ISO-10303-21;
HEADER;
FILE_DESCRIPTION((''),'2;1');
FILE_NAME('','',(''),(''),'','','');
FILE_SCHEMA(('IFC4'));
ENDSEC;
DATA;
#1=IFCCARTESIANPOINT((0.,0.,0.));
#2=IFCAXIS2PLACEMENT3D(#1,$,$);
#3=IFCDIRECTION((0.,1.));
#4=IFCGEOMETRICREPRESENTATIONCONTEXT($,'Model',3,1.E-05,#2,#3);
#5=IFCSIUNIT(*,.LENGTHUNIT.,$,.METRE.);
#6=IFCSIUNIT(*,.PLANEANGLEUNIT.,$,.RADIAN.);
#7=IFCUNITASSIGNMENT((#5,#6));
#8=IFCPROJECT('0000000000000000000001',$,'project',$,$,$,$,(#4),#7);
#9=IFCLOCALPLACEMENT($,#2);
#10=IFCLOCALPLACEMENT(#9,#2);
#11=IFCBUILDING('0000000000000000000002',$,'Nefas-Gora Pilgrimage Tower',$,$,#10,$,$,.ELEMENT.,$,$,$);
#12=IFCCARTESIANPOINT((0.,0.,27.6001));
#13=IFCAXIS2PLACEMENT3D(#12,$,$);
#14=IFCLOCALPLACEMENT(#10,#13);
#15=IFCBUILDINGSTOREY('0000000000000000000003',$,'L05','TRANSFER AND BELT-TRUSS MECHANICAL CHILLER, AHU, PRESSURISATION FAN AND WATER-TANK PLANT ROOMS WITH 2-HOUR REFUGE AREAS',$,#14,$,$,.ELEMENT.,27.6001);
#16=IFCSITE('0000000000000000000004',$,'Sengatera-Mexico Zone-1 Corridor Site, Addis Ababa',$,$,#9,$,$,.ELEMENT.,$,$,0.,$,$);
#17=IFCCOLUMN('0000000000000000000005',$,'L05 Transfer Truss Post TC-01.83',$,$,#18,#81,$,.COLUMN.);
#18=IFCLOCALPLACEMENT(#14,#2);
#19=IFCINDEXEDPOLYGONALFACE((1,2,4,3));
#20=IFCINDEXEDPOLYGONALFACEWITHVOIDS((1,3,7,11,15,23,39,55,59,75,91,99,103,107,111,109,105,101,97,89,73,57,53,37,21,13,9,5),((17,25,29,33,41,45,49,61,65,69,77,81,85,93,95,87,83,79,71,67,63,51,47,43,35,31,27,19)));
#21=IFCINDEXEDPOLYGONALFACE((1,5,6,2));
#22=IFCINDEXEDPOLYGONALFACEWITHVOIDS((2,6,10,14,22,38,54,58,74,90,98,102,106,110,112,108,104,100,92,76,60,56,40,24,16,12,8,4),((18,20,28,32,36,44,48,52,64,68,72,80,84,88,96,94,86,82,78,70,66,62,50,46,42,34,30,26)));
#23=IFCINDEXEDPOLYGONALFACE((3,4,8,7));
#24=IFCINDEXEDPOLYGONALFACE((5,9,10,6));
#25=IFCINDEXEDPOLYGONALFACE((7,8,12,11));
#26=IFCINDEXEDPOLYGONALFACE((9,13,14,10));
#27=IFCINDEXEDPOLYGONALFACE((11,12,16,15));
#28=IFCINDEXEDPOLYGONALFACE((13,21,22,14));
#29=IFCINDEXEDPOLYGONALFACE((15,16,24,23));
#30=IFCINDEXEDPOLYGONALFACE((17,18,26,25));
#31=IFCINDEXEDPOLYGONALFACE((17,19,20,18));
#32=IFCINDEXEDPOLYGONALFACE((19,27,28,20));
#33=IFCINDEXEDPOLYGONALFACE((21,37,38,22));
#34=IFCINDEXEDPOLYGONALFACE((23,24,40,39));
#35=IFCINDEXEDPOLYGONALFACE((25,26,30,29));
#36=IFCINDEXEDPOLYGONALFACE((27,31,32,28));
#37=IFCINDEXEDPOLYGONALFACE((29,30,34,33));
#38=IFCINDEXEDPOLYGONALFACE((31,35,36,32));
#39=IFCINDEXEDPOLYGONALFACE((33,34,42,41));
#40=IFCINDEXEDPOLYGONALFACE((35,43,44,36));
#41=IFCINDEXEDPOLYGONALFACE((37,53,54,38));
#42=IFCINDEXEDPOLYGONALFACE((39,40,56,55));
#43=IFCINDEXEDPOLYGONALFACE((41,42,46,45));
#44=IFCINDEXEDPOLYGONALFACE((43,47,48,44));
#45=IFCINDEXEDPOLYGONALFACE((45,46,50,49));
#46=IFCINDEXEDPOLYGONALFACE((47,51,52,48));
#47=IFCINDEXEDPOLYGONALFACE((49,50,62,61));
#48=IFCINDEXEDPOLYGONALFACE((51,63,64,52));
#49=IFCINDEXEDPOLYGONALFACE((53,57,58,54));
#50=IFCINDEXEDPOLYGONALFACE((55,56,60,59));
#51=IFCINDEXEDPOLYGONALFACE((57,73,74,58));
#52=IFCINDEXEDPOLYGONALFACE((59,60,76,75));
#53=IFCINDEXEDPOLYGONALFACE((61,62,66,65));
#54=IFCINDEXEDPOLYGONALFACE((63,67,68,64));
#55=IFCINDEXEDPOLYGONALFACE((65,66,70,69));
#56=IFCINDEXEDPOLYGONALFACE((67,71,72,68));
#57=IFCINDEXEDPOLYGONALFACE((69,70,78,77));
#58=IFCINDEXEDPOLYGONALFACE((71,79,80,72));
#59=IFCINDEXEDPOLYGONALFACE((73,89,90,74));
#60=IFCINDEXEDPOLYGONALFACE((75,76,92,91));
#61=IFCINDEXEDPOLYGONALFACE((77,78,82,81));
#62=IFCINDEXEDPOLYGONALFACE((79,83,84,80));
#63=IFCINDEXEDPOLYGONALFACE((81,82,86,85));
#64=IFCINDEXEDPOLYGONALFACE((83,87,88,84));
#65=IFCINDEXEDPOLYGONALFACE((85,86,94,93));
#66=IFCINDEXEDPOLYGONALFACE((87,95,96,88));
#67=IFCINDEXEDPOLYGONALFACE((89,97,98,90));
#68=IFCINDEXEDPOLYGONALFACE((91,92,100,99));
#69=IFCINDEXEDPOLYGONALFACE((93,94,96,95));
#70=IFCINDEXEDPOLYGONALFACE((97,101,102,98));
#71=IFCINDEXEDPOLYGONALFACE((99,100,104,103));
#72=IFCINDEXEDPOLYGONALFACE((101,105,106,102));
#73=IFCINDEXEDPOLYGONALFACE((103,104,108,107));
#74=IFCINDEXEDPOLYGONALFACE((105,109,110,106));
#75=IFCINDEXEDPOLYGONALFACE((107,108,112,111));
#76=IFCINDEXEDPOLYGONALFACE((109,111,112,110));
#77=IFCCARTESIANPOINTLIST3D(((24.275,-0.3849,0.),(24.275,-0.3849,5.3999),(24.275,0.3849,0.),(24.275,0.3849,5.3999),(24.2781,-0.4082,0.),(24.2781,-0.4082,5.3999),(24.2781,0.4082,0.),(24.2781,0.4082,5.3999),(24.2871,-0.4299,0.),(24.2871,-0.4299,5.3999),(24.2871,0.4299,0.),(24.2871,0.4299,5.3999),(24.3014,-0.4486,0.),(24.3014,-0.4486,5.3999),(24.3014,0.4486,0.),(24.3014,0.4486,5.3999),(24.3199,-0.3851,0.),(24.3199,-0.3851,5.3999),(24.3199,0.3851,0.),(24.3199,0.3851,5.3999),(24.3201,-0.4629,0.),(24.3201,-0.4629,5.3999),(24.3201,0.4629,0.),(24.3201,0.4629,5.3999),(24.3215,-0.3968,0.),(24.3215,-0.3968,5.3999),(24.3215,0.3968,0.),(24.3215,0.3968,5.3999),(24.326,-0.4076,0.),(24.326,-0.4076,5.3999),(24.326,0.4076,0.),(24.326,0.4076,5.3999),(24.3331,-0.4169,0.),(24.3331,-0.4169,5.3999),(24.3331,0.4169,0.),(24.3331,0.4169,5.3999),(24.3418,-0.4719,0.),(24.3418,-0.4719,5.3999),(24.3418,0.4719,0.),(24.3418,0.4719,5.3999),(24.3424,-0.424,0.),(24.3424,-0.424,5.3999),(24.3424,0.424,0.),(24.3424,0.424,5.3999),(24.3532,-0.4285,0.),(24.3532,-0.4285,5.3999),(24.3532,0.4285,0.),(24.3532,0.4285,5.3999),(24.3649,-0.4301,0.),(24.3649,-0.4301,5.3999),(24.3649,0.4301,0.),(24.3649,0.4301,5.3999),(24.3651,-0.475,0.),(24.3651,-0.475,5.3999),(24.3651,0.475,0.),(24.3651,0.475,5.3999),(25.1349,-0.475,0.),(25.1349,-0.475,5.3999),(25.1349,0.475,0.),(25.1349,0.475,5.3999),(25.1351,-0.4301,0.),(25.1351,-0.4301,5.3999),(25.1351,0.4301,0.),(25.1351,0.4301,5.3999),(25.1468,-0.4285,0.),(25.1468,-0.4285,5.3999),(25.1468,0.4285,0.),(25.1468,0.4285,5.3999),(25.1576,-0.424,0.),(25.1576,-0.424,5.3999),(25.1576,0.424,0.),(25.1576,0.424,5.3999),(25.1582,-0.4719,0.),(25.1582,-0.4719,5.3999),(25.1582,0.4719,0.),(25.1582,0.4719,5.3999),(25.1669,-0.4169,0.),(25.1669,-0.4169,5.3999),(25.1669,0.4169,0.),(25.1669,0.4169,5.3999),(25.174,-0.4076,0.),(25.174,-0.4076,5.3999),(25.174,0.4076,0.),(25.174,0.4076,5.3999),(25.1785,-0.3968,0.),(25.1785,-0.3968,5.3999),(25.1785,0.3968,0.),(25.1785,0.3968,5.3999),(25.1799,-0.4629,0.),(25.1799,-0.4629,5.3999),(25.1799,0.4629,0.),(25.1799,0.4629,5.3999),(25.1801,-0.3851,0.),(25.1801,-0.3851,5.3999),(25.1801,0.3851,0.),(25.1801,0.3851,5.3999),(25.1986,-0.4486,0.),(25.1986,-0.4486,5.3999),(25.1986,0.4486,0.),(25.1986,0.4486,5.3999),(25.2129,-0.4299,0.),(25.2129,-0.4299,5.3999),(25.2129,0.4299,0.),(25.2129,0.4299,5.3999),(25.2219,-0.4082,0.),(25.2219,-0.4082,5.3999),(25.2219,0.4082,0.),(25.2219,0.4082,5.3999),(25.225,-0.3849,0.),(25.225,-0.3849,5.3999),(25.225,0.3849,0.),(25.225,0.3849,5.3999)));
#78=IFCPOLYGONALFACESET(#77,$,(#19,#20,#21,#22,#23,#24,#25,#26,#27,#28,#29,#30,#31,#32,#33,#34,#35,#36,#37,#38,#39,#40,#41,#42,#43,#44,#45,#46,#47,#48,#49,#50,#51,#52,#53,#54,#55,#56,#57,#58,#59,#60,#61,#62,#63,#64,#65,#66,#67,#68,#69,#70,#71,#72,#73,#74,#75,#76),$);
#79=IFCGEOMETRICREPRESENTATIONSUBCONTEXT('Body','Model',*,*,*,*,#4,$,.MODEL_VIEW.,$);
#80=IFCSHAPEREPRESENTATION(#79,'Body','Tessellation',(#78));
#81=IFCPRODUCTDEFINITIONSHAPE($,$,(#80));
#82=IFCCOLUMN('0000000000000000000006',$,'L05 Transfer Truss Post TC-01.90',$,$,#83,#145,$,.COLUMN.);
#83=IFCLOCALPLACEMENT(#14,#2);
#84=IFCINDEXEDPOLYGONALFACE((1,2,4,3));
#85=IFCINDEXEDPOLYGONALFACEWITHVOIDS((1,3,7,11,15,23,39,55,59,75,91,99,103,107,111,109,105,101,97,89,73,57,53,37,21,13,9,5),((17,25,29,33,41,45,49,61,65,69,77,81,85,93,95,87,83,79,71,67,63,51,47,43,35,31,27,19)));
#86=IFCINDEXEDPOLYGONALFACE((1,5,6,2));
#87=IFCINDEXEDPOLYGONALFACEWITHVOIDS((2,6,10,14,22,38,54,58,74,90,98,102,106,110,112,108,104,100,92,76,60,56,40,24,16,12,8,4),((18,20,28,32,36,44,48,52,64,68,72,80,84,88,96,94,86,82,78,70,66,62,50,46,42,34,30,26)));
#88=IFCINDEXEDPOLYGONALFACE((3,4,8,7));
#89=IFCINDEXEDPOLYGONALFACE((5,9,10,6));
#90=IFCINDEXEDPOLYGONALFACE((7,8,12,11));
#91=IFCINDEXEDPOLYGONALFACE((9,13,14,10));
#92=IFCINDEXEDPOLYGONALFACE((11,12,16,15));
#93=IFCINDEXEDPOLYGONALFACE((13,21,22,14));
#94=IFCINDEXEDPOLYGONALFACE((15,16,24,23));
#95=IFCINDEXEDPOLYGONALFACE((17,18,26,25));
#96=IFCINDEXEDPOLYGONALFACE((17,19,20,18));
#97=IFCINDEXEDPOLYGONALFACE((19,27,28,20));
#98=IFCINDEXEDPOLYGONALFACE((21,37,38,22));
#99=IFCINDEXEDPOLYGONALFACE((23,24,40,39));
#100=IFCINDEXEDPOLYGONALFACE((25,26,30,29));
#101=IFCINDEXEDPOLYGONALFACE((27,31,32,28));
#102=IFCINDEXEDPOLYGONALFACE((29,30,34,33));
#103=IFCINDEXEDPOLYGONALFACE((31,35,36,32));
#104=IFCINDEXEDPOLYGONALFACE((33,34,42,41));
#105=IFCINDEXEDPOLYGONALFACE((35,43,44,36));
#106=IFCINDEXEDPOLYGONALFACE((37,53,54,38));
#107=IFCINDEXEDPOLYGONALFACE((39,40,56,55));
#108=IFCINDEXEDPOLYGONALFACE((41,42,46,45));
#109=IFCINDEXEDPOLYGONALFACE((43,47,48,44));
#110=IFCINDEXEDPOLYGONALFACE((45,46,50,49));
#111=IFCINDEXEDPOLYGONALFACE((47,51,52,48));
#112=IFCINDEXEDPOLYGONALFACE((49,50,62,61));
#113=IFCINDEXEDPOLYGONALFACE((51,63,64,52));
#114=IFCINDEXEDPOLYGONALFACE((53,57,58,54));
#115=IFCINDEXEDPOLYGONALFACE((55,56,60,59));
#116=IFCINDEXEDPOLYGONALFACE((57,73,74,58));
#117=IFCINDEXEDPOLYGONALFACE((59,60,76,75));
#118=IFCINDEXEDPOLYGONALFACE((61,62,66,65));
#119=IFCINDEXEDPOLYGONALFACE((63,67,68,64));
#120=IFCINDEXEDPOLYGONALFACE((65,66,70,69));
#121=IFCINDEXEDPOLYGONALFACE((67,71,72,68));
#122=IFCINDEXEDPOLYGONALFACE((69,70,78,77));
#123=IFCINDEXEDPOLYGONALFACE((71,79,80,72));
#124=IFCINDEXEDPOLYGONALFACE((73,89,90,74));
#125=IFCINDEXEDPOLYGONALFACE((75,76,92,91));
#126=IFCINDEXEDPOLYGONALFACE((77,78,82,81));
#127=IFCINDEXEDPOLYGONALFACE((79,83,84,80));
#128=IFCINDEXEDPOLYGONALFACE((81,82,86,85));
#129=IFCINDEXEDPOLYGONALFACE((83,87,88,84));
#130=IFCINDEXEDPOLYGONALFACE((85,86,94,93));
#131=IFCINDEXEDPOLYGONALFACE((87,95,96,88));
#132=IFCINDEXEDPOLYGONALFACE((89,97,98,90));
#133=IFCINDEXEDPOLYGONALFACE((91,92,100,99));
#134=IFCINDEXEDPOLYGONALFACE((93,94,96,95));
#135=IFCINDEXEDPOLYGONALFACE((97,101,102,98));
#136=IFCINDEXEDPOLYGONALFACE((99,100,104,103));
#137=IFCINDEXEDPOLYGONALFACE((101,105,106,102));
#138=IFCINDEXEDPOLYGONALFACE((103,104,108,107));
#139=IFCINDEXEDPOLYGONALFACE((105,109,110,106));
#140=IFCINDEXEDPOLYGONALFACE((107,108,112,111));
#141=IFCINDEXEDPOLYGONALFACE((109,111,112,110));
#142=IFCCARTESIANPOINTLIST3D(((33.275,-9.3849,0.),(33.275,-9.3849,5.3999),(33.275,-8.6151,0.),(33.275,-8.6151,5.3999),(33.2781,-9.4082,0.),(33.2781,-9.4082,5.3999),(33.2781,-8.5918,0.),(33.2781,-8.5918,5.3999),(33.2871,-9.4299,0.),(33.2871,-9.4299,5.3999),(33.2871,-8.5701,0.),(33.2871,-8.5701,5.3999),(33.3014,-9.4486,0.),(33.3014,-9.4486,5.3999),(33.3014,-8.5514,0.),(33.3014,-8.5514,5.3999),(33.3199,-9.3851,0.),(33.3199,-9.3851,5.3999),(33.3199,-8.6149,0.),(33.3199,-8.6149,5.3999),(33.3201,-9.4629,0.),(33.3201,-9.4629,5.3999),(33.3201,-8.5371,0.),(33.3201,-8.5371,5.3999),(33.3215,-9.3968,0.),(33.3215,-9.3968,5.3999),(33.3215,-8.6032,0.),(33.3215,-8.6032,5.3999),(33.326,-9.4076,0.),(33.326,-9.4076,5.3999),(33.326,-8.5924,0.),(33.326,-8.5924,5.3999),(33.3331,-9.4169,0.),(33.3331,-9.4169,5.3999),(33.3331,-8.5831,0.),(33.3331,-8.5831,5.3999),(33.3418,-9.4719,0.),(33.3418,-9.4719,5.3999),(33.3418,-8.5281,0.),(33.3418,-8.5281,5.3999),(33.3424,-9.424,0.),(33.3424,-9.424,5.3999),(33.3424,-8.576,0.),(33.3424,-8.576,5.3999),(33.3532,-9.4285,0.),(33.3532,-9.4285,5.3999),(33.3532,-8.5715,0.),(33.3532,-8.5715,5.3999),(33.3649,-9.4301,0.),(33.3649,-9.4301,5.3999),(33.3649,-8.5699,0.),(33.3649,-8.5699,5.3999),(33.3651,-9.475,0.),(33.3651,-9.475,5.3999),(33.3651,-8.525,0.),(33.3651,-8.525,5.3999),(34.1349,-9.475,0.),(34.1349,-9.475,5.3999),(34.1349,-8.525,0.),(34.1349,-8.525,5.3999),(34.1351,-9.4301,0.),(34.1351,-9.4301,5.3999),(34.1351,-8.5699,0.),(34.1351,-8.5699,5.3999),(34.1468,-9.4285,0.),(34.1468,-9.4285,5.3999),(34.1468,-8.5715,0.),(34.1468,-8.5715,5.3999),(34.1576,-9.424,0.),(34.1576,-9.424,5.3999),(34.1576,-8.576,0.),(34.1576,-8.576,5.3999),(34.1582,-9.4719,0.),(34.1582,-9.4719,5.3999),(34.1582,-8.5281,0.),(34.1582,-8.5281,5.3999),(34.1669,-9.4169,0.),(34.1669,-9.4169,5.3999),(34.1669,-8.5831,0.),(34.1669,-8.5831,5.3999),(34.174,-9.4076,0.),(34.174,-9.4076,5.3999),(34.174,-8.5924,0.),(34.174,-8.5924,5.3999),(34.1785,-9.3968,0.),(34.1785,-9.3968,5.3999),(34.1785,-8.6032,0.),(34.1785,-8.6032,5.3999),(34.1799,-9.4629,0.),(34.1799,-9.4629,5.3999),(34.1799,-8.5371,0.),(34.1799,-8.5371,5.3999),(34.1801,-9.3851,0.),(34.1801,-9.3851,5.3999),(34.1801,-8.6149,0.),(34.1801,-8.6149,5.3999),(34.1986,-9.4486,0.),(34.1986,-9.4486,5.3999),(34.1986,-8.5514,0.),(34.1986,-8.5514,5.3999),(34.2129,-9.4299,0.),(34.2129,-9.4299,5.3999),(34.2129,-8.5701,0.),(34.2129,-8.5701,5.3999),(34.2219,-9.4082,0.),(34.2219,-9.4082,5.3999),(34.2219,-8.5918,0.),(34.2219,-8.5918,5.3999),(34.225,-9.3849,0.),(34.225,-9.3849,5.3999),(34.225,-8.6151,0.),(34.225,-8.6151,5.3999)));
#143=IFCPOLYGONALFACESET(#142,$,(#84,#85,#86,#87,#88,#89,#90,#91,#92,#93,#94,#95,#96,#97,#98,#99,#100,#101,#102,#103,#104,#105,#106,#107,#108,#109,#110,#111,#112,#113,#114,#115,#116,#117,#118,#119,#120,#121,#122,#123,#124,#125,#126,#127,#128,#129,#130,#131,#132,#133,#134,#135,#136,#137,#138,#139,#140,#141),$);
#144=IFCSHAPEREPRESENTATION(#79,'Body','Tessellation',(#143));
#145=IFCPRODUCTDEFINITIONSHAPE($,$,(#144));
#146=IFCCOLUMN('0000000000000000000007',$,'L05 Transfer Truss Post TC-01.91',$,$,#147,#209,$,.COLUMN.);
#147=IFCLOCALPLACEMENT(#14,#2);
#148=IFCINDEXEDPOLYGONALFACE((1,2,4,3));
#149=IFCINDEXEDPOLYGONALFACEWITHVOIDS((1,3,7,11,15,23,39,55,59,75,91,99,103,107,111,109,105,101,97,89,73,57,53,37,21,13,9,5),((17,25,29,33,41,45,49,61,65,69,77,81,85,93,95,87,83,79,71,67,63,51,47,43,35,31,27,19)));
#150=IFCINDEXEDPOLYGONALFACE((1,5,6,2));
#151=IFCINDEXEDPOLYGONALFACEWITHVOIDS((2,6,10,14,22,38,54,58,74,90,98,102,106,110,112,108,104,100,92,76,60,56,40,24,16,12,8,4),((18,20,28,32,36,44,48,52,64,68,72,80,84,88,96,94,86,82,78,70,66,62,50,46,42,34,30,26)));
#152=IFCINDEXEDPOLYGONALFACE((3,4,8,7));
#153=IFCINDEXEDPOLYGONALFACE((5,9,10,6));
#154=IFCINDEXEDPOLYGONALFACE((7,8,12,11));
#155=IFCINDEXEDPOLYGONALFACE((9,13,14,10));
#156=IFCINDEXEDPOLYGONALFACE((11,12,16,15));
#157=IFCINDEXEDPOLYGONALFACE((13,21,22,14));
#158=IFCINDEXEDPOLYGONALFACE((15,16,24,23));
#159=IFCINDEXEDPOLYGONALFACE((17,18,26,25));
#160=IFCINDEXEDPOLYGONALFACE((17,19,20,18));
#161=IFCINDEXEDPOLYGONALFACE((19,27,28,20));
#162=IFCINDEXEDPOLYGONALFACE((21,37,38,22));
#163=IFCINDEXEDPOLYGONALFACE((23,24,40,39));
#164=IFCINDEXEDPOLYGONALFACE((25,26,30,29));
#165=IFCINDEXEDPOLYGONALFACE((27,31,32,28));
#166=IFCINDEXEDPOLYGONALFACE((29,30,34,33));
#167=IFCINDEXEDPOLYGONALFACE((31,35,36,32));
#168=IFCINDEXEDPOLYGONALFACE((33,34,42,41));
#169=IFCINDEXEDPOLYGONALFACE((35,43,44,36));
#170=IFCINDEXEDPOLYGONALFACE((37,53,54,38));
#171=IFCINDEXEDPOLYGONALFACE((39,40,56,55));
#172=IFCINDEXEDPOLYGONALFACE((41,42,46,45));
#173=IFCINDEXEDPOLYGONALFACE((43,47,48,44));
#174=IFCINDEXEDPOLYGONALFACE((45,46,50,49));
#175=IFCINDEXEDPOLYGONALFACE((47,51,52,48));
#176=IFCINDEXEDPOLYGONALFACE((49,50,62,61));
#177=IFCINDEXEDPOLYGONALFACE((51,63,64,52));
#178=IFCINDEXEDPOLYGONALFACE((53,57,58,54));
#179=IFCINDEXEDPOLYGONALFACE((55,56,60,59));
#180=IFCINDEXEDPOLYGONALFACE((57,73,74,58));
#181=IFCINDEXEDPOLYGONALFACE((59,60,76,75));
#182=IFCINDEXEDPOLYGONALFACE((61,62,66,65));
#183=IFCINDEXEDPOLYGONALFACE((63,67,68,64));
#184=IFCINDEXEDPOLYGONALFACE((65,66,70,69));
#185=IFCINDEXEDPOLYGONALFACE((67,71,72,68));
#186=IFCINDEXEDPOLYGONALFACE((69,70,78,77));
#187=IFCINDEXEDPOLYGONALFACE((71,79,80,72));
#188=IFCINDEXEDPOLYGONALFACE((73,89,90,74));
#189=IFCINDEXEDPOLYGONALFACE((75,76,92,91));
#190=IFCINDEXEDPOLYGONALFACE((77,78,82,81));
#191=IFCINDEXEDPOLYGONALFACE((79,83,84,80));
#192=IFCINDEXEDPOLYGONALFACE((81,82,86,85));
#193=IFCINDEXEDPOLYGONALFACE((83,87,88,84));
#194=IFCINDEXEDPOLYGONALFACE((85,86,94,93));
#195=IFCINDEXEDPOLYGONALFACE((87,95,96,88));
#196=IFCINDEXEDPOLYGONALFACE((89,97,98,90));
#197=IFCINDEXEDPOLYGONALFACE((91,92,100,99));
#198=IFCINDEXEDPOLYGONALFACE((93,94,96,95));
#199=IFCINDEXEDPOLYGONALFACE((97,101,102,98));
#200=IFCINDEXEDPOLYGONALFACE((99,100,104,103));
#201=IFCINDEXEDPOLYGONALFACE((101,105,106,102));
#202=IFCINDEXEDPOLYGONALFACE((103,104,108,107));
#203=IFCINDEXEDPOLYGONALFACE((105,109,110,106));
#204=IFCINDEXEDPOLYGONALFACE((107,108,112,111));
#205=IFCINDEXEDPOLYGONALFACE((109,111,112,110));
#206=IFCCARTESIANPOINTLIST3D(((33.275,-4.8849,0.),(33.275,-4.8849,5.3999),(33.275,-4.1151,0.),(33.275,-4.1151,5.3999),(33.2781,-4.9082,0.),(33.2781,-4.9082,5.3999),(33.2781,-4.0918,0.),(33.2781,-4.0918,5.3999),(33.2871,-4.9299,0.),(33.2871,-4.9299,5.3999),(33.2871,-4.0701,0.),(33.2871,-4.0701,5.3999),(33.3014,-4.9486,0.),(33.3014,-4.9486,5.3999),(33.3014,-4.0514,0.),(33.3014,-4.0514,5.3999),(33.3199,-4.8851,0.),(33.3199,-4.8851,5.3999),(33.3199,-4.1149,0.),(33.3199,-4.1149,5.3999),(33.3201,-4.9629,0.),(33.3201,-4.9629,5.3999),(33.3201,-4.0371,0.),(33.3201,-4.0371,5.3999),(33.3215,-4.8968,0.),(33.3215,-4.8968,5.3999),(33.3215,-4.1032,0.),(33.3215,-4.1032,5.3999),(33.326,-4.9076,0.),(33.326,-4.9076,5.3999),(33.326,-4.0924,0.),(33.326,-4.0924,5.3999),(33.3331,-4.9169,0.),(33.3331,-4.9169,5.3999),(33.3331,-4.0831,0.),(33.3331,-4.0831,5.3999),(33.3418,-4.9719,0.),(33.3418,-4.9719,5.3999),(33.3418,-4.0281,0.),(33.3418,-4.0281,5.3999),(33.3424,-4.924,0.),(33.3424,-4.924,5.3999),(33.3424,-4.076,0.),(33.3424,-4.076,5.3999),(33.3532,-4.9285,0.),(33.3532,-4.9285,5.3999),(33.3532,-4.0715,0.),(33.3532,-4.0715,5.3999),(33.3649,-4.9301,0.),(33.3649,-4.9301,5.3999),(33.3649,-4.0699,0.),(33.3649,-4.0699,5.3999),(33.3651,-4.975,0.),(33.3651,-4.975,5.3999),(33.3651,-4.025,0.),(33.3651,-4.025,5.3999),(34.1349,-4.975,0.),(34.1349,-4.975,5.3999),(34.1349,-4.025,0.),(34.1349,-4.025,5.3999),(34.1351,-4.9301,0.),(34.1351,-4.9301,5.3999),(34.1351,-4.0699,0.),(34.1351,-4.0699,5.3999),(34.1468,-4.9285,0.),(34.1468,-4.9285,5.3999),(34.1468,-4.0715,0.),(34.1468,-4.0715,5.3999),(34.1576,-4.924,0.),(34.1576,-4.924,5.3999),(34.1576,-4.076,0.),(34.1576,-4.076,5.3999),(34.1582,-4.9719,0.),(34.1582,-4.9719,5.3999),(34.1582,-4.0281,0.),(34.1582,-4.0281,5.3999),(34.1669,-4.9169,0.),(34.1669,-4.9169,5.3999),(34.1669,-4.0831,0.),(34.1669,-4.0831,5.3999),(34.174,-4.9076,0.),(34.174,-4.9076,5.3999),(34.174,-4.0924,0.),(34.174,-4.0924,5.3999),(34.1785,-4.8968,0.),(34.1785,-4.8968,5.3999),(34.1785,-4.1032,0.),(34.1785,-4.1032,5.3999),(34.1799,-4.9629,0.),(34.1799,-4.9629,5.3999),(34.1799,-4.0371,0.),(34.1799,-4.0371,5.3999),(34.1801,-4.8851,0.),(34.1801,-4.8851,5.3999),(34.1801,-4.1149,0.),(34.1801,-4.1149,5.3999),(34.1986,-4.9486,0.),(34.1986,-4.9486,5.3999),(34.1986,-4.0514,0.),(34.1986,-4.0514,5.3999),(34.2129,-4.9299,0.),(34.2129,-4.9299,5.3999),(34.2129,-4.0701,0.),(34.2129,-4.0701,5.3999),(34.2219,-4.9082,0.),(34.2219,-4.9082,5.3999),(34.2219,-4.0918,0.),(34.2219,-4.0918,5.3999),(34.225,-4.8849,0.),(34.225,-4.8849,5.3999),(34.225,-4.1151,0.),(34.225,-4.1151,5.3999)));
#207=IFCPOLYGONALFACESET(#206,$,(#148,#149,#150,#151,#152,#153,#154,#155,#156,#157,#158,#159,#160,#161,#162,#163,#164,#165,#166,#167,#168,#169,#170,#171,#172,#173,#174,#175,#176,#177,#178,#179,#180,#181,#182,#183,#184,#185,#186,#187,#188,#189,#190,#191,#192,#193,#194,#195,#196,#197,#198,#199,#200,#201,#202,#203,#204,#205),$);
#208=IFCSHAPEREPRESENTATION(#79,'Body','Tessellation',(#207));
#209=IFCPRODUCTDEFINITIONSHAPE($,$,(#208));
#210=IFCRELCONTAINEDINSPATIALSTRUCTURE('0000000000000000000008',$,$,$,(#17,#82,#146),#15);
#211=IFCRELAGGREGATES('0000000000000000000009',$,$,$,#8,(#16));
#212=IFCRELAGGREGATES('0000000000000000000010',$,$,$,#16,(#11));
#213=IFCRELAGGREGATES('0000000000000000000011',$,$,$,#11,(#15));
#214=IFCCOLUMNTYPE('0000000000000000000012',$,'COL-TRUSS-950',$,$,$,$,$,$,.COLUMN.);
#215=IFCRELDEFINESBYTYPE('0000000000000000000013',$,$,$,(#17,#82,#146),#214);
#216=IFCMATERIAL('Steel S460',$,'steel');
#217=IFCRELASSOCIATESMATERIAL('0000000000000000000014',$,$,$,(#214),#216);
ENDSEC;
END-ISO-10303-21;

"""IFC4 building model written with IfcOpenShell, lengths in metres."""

from ifc_helpers import new_model, si_unit, direction, frame, origin, origin_2d, place, context, subcontext, project, spatial, hollow_rectangle, extrude, source, transform, mapped, material, material_profile, profile_set, type_object, element, save


model = new_model("IFC4")

# Units and contexts
model_context = context("Model", 3, precision=1e-05, world=origin(), true_north=direction((0.0, 1.0)))
body_context = subcontext(model_context, "Body", "Model", "MODEL_VIEW")
ifc_project = project(units=[si_unit("LENGTHUNIT", "METRE"), si_unit("PLANEANGLEUNIT", "RADIAN")], contexts=[model_context])

# Site, building, storey
site_placement = place(None, origin())
site = spatial("IfcSite", under=ifc_project, at=site_placement, Name="Sengatera-Mexico Zone-1 Corridor Site, Addis Ababa", CompositionType="ELEMENT", RefElevation=0.0)
building_placement = place(site_placement, origin())
building = spatial("IfcBuilding", under=site, at=building_placement, Name="Nefas-Gora Pilgrimage Tower", CompositionType="ELEMENT")
storey_placement = place(building_placement, frame((0.0, 0.0, 27.6001)))
storey = spatial("IfcBuildingStorey", under=building, at=storey_placement, Name="L05", Description="TRANSFER AND BELT-TRUSS MECHANICAL CHILLER, AHU, PRESSURISATION FAN AND WATER-TANK PLANT ROOMS WITH 2-HOUR REFUGE AREAS", CompositionType="ELEMENT", Elevation=27.6001)

# Columns
ifc_material = material(Name="Steel S460", Category="steel")
ifc_material_profile_1 = material_profile(ifc_material, hollow_rectangle(XDim=0.95, YDim=0.95, WallThickness=0.0449, InnerFilletRadius=0.0449, OuterFilletRadius=0.0901, at=origin_2d()), Name="BOX 950x950x45")
ifc_profile_set_1 = profile_set([ifc_material_profile_1], Name="Steel S460")
column_type = type_object("IfcColumnType", Name="COL-TRUSS-950", PredefinedType="COLUMN", material=ifc_profile_set_1)
shared_shape_1 = source(origin(), body_context, "Body", "SweptSolid", [
    extrude(hollow_rectangle(XDim=0.95, YDim=0.95, WallThickness=0.0449, InnerFilletRadius=0.0449, OuterFilletRadius=0.0901, at=origin_2d()), origin(), (0.0, 0.0, 1.0), 5.3999),
])
for number, where, z_axis, x_axis, name in (
    (1, (24.75, 0.0, 0.0), (0.0, 0.0, 1.0), (1.0, 0.0, 0.0), "L05 Transfer Truss Post TC-01.83"),
    (2, (33.75, -9.0, 0.0), (0.0, 0.0, 1.0), (1.0, 0.0, 0.0), "L05 Transfer Truss Post TC-01.90"),
    (3, (33.75, -4.5, 0.0), (0.0, 0.0, 1.0), (1.0, 0.0, 0.0), "L05 Transfer Truss Post TC-01.91"),
):
    element("IfcColumn", number, at=place(storey_placement, frame(where, z_axis=z_axis, x_axis=x_axis)), inside=storey, type_object=column_type, Name=name, PredefinedType="COLUMN", context=body_context, shape_type="MappedRepresentation", body=[
        mapped(shared_shape_1, transform((0.0, 0.0, 0.0), x_axis=(1.0, 0.0, 0.0), y_axis=(0.0, 1.0, 0.0), z_axis=(0.0, 0.0, 1.0), scale=1.0)),
    ])

save(model, "model.ifc")
